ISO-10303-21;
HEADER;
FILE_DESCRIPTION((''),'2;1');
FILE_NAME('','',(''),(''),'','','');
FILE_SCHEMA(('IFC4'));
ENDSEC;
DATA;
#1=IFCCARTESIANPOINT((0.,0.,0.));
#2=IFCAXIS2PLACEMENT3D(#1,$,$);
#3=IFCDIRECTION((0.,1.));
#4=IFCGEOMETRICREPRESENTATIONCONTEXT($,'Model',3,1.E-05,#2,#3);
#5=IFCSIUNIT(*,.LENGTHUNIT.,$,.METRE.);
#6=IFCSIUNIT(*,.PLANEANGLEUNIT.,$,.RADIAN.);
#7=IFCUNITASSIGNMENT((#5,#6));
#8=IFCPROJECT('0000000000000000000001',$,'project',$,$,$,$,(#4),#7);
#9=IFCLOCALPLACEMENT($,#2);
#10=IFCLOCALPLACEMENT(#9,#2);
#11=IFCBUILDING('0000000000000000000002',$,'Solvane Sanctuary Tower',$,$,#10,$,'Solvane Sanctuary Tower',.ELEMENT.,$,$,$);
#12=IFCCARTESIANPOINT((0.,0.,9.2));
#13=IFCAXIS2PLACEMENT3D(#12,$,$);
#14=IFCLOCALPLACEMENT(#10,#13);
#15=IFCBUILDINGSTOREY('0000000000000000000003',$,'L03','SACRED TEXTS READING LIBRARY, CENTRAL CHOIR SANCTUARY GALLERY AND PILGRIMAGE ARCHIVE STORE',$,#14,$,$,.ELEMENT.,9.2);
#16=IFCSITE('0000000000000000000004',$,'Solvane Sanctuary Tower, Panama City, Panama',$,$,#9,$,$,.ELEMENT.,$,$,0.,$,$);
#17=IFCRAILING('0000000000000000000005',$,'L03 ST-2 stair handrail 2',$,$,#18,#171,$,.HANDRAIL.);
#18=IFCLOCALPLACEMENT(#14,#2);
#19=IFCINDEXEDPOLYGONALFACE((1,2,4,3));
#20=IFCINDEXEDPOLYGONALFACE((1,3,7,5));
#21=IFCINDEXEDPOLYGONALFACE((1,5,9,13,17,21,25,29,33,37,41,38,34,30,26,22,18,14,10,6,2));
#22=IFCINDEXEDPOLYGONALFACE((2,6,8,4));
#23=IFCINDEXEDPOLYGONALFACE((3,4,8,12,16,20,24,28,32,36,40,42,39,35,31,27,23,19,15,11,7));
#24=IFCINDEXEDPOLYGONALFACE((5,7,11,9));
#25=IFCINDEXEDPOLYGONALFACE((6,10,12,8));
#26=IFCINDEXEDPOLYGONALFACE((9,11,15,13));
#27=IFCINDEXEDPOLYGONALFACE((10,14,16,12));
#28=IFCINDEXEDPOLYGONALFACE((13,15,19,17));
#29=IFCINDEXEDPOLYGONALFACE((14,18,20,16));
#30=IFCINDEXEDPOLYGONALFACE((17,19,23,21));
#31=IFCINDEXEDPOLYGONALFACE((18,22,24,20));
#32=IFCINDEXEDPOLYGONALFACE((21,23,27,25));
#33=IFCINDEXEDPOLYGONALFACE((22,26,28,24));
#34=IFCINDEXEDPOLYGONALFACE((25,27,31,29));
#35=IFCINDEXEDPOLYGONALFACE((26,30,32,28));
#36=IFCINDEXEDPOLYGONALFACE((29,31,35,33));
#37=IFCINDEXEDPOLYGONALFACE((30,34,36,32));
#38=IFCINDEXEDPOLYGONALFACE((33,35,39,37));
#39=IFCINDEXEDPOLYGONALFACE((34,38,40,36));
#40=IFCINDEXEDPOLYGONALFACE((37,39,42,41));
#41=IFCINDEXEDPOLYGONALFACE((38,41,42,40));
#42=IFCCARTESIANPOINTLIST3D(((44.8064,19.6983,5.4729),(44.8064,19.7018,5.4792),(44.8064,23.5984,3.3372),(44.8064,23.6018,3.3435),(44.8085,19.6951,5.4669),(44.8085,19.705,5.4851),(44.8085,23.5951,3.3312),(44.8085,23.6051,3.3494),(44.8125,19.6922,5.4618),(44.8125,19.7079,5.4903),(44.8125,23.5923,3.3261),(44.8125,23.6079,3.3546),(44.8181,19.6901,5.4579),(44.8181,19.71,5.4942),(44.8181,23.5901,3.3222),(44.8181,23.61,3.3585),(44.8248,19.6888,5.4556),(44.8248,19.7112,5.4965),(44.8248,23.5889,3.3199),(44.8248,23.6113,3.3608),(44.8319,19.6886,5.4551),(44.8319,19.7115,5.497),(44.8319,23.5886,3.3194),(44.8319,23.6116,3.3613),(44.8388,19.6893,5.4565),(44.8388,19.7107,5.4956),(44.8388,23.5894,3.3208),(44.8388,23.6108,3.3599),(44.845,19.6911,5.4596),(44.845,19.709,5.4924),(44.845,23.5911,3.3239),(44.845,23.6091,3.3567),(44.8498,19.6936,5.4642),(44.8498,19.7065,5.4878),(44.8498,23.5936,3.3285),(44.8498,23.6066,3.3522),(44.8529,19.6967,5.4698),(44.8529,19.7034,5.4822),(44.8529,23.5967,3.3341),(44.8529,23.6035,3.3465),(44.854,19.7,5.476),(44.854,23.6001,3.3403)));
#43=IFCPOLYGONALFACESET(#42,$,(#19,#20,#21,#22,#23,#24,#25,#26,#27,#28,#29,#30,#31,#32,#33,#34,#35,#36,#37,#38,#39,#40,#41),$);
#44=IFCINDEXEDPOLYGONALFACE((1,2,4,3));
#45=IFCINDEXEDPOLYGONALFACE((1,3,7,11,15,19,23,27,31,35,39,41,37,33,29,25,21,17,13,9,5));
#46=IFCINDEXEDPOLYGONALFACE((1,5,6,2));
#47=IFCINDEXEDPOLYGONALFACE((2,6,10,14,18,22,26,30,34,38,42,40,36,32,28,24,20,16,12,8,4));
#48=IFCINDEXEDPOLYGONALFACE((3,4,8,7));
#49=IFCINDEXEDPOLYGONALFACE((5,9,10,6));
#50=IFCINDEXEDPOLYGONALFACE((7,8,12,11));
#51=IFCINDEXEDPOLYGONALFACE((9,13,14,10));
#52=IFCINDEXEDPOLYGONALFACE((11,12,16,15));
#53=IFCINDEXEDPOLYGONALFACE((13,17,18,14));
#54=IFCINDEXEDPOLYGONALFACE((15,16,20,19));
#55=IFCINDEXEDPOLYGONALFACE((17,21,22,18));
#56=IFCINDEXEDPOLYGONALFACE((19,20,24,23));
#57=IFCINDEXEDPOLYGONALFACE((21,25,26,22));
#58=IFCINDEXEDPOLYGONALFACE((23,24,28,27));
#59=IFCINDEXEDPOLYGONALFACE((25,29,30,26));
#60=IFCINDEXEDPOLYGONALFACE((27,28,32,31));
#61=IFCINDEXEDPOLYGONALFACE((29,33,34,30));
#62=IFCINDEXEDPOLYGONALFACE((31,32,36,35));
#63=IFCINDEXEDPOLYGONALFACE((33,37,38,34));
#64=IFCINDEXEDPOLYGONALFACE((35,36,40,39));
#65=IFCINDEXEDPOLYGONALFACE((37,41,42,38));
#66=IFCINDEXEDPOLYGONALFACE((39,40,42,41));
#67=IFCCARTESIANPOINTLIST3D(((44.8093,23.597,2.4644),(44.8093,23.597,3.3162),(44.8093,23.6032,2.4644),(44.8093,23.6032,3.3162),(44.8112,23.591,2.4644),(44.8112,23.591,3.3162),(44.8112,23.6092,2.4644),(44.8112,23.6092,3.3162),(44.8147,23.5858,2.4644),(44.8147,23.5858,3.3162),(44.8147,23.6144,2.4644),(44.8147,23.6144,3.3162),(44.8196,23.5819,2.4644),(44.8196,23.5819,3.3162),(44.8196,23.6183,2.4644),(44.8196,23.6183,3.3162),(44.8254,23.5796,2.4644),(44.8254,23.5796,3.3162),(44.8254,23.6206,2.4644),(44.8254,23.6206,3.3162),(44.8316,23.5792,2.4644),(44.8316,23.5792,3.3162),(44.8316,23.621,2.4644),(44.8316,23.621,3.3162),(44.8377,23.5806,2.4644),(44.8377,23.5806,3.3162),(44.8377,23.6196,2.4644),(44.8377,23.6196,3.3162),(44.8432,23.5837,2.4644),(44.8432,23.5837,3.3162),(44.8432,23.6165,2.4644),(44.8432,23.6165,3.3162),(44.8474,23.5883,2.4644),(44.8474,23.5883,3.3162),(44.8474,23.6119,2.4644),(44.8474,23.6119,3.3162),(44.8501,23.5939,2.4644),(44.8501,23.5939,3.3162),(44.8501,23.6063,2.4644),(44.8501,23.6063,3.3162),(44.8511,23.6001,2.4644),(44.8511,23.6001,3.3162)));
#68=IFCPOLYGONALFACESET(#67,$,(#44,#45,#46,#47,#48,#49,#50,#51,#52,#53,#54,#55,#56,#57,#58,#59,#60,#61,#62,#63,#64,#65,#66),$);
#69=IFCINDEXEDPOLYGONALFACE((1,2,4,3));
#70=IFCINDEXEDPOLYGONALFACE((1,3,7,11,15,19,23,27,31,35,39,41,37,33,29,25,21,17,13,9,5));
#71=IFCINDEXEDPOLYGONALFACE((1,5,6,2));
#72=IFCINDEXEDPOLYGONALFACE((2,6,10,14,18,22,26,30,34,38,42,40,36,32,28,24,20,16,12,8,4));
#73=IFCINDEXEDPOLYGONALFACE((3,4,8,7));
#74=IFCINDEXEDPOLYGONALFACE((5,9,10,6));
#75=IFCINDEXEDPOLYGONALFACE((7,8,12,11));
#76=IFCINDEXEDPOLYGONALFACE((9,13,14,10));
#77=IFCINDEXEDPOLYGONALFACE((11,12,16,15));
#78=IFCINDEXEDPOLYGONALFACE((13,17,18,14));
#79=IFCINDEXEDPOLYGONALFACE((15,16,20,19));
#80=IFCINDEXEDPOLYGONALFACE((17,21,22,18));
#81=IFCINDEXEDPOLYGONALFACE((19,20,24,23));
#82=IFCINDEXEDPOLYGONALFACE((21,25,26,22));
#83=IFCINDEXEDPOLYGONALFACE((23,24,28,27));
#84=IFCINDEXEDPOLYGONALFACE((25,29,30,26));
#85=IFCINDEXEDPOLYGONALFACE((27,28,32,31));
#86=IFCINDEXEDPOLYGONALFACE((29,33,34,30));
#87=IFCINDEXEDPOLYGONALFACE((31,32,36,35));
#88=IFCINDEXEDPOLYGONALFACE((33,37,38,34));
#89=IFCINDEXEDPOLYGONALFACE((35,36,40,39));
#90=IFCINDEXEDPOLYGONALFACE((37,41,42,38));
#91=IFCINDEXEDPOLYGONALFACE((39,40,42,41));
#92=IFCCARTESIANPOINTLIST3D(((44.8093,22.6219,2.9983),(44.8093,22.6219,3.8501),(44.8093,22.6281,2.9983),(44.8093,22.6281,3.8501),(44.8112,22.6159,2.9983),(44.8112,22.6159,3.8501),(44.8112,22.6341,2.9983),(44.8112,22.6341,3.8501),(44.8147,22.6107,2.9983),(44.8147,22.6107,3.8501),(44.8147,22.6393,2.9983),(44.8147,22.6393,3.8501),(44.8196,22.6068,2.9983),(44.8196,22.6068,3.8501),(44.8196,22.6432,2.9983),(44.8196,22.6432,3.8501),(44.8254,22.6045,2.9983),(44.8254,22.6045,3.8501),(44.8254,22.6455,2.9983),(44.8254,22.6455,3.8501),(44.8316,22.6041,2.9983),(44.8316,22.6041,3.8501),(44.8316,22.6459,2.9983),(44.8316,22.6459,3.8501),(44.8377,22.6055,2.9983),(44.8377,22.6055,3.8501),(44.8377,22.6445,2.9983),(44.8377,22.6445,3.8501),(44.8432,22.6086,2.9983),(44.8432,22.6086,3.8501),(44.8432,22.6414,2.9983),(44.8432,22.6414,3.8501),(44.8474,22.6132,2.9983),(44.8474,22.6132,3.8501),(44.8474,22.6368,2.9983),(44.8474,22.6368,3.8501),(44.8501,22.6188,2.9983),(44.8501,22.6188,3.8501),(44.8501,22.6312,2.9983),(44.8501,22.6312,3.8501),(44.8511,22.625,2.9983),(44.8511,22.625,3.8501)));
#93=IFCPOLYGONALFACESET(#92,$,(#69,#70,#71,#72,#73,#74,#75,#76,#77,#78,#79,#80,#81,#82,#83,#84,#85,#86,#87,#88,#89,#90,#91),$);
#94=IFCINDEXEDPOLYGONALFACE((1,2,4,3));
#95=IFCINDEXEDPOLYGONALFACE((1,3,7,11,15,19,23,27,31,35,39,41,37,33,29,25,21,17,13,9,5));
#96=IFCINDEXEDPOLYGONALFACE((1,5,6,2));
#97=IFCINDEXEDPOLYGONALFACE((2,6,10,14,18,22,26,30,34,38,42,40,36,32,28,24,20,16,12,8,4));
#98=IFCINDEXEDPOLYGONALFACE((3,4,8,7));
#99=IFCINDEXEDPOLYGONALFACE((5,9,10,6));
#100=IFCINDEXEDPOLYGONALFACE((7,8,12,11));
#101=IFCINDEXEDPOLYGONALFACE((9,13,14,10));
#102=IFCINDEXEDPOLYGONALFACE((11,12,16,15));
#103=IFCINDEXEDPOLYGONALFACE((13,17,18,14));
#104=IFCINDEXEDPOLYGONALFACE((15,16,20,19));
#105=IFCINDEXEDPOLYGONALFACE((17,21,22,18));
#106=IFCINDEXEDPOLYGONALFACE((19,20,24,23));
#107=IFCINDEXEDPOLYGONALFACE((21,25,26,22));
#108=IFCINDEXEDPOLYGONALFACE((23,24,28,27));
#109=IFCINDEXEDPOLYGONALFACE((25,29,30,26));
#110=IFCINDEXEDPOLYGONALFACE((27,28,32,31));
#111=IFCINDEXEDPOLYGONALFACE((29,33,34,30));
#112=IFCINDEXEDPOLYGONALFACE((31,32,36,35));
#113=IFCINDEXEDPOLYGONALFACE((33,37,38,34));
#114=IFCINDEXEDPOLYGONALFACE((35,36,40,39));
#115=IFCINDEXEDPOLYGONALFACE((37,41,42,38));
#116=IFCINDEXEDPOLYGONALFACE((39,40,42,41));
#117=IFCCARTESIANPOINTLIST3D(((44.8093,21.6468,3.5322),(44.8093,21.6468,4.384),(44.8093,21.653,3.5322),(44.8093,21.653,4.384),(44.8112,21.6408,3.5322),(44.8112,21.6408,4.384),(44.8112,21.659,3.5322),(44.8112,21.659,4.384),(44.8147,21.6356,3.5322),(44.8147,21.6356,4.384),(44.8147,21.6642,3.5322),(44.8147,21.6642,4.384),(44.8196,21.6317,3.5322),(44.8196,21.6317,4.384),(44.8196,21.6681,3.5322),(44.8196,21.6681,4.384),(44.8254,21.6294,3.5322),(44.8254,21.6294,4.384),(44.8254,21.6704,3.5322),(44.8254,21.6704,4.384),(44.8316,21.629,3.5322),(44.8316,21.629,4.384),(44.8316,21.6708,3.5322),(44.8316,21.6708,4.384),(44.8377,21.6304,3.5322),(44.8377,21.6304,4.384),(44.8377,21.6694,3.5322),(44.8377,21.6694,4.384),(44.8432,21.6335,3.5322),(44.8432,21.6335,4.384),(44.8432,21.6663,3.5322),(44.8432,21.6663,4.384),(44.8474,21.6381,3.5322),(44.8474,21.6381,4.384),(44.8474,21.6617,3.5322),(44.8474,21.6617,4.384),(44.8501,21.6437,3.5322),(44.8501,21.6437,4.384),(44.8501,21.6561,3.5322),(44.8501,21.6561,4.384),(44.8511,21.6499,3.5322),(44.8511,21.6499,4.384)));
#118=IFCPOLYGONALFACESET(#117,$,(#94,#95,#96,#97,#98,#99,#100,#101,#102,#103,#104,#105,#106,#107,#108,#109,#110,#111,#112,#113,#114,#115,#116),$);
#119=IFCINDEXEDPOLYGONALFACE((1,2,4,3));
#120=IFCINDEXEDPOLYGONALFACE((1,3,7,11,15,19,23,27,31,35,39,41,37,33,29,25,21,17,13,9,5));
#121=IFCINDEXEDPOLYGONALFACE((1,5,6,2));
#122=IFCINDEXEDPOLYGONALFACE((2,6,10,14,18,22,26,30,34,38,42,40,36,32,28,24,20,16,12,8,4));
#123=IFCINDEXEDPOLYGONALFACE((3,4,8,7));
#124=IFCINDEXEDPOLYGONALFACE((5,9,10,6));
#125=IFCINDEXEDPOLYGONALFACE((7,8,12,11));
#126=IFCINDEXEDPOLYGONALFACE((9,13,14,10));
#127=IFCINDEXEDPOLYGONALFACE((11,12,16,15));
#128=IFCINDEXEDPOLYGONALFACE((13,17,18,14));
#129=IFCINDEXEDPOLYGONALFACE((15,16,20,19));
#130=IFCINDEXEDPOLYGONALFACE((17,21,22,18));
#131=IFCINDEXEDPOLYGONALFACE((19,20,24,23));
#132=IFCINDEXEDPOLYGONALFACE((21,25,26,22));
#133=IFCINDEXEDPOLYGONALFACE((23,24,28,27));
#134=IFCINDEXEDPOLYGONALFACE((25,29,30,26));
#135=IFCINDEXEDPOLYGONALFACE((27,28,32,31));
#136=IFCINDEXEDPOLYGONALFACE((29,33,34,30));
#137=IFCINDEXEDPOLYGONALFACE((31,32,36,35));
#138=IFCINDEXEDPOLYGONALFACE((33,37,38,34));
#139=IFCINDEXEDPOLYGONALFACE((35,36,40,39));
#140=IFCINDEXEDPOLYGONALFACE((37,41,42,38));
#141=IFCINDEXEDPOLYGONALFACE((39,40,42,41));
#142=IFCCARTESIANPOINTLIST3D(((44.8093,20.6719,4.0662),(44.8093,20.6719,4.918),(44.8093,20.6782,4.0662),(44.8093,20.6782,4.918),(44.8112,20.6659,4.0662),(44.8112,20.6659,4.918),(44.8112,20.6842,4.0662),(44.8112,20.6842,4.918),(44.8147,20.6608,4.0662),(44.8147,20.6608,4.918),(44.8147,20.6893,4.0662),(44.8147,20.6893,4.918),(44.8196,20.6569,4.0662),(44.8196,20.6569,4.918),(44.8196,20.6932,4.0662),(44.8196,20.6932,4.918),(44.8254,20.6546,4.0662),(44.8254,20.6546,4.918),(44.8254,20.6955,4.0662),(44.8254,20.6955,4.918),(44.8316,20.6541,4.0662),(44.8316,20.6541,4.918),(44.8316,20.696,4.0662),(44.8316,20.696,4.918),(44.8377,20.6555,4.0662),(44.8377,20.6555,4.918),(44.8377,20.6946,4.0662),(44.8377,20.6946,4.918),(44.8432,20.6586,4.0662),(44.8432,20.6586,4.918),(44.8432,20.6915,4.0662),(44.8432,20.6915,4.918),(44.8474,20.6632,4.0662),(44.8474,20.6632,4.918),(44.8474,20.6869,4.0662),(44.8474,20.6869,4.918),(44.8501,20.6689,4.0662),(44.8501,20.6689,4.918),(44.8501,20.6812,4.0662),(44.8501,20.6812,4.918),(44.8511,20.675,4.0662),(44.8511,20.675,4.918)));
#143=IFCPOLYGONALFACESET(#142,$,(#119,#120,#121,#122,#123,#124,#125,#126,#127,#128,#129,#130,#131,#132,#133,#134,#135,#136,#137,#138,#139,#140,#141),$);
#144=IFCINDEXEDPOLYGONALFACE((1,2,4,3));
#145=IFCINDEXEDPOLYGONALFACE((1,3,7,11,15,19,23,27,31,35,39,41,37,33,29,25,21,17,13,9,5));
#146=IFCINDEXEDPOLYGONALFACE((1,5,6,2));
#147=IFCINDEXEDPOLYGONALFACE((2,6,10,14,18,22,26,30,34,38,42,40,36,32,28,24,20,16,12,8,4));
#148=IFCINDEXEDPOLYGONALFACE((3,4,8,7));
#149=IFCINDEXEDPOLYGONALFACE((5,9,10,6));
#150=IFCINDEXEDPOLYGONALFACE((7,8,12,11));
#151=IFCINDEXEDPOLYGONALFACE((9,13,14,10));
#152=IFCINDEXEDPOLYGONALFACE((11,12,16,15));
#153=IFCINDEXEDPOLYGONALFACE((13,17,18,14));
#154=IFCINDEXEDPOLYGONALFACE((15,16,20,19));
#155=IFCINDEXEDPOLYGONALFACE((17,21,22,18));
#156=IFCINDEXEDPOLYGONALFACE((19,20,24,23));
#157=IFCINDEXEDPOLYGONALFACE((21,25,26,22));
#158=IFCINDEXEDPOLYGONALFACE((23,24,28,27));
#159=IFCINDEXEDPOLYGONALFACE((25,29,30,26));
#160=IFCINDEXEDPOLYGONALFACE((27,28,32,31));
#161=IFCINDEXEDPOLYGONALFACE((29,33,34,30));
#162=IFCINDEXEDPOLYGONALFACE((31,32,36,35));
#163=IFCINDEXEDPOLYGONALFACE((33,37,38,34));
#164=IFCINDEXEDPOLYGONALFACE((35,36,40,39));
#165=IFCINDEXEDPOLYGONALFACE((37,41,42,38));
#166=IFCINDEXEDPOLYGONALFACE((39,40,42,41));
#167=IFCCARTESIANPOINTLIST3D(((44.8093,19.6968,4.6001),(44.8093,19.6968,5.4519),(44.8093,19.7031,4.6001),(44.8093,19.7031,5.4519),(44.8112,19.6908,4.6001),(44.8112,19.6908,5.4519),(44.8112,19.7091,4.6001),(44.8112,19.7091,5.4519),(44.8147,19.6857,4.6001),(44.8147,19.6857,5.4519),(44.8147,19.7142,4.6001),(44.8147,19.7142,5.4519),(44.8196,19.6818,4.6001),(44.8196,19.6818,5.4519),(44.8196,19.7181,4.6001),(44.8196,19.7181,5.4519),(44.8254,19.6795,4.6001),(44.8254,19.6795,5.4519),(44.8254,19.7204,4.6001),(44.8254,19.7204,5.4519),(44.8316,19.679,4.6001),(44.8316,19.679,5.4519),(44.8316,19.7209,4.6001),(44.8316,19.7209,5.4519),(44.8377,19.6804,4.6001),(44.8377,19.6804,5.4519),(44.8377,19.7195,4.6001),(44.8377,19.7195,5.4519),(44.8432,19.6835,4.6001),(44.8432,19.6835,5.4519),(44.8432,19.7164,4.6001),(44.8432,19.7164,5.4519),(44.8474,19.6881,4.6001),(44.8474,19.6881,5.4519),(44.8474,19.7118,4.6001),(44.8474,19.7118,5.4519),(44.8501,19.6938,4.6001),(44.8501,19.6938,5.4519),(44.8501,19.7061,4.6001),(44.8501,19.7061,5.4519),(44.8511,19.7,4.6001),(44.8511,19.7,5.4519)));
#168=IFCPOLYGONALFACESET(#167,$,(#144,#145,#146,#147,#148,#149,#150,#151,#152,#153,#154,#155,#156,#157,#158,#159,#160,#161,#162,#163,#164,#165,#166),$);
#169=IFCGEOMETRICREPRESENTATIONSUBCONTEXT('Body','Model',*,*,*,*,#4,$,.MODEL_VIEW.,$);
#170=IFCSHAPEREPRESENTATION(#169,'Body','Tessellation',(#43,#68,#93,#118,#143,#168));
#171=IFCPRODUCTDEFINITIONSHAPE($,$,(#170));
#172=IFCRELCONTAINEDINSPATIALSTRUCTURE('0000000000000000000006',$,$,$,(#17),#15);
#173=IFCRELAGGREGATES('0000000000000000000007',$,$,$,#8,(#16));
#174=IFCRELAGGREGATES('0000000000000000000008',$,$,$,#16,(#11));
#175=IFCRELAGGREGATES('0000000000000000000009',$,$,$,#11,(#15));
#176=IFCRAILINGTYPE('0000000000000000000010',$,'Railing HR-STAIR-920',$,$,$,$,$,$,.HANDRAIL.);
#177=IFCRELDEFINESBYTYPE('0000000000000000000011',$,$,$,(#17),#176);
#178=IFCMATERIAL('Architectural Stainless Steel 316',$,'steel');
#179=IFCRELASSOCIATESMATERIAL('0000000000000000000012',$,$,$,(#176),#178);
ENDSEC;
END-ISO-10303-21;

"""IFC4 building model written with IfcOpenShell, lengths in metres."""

from ifc_helpers import new_model, si_unit, direction, frame, origin, origin_2d, place, context, subcontext, project, spatial, circle, extrude, material, type_object, element, save


model = new_model("IFC4")

# Units and contexts
model_context = context("Model", 3, precision=1e-05, world=origin(), true_north=direction((0.0, 1.0)))
body_context = subcontext(model_context, "Body", "Model", "MODEL_VIEW")
ifc_project = project(units=[si_unit("LENGTHUNIT", "METRE"), si_unit("PLANEANGLEUNIT", "RADIAN")], contexts=[model_context])

# Site, building, storey
site_placement = place(None, origin())
site = spatial("IfcSite", under=ifc_project, at=site_placement, Name="Solvane Sanctuary Tower, Panama City, Panama", CompositionType="ELEMENT", RefElevation=0.0)
building_placement = place(site_placement, origin())
building = spatial("IfcBuilding", under=site, at=building_placement, Name="Solvane Sanctuary Tower", LongName="Solvane Sanctuary Tower", CompositionType="ELEMENT")
storey_placement = place(building_placement, frame((0.0, 0.0, 9.2)))
storey = spatial("IfcBuildingStorey", under=building, at=storey_placement, Name="L03", Description="SACRED TEXTS READING LIBRARY, CENTRAL CHOIR SANCTUARY GALLERY AND PILGRIMAGE ARCHIVE STORE", CompositionType="ELEMENT", Elevation=9.2)

# Railing
ifc_material_1 = material(Name="Architectural Stainless Steel 316", Category="steel")
railing_type_1 = type_object("IfcRailingType", Name="Railing HR-STAIR-920", PredefinedType="HANDRAIL", material=ifc_material_1)
railing_1_placement = place(storey_placement, frame((44.8301, 23.6001, 2.4644)))
element("IfcRailing", 1, at=railing_1_placement, inside=storey, type_object=railing_type_1, Name="L03 ST-2 stair handrail 2", PredefinedType="HANDRAIL", context=body_context, shape_type="SweptSolid", body=[
    extrude(circle(Radius=0.0239, at=origin_2d()), frame((0.0, 0.0, 0.876), z_axis=(0.0, -0.877101, 0.480306), x_axis=(1.0, 0.0, 0.0)), (0.0, 0.0, 1.0), 4.4465),
    extrude(circle(Radius=0.021, at=origin_2d()), origin(), (0.0, 0.0, 1.0), 0.8518),
    extrude(circle(Radius=0.021, at=origin_2d()), frame((0.0, -0.9751, 0.5339)), (0.0, 0.0, 1.0), 0.8518),
    extrude(circle(Radius=0.021, at=origin_2d()), frame((0.0, -1.9502, 1.0679)), (0.0, 0.0, 1.0), 0.8518),
    extrude(circle(Radius=0.021, at=origin_2d()), frame((0.0, -2.925, 1.6018)), (0.0, 0.0, 1.0), 0.8518),
    extrude(circle(Radius=0.021, at=origin_2d()), frame((0.0, -3.9001, 2.1357)), (0.0, 0.0, 1.0), 0.8518),
])

save(model, "model.ifc")
